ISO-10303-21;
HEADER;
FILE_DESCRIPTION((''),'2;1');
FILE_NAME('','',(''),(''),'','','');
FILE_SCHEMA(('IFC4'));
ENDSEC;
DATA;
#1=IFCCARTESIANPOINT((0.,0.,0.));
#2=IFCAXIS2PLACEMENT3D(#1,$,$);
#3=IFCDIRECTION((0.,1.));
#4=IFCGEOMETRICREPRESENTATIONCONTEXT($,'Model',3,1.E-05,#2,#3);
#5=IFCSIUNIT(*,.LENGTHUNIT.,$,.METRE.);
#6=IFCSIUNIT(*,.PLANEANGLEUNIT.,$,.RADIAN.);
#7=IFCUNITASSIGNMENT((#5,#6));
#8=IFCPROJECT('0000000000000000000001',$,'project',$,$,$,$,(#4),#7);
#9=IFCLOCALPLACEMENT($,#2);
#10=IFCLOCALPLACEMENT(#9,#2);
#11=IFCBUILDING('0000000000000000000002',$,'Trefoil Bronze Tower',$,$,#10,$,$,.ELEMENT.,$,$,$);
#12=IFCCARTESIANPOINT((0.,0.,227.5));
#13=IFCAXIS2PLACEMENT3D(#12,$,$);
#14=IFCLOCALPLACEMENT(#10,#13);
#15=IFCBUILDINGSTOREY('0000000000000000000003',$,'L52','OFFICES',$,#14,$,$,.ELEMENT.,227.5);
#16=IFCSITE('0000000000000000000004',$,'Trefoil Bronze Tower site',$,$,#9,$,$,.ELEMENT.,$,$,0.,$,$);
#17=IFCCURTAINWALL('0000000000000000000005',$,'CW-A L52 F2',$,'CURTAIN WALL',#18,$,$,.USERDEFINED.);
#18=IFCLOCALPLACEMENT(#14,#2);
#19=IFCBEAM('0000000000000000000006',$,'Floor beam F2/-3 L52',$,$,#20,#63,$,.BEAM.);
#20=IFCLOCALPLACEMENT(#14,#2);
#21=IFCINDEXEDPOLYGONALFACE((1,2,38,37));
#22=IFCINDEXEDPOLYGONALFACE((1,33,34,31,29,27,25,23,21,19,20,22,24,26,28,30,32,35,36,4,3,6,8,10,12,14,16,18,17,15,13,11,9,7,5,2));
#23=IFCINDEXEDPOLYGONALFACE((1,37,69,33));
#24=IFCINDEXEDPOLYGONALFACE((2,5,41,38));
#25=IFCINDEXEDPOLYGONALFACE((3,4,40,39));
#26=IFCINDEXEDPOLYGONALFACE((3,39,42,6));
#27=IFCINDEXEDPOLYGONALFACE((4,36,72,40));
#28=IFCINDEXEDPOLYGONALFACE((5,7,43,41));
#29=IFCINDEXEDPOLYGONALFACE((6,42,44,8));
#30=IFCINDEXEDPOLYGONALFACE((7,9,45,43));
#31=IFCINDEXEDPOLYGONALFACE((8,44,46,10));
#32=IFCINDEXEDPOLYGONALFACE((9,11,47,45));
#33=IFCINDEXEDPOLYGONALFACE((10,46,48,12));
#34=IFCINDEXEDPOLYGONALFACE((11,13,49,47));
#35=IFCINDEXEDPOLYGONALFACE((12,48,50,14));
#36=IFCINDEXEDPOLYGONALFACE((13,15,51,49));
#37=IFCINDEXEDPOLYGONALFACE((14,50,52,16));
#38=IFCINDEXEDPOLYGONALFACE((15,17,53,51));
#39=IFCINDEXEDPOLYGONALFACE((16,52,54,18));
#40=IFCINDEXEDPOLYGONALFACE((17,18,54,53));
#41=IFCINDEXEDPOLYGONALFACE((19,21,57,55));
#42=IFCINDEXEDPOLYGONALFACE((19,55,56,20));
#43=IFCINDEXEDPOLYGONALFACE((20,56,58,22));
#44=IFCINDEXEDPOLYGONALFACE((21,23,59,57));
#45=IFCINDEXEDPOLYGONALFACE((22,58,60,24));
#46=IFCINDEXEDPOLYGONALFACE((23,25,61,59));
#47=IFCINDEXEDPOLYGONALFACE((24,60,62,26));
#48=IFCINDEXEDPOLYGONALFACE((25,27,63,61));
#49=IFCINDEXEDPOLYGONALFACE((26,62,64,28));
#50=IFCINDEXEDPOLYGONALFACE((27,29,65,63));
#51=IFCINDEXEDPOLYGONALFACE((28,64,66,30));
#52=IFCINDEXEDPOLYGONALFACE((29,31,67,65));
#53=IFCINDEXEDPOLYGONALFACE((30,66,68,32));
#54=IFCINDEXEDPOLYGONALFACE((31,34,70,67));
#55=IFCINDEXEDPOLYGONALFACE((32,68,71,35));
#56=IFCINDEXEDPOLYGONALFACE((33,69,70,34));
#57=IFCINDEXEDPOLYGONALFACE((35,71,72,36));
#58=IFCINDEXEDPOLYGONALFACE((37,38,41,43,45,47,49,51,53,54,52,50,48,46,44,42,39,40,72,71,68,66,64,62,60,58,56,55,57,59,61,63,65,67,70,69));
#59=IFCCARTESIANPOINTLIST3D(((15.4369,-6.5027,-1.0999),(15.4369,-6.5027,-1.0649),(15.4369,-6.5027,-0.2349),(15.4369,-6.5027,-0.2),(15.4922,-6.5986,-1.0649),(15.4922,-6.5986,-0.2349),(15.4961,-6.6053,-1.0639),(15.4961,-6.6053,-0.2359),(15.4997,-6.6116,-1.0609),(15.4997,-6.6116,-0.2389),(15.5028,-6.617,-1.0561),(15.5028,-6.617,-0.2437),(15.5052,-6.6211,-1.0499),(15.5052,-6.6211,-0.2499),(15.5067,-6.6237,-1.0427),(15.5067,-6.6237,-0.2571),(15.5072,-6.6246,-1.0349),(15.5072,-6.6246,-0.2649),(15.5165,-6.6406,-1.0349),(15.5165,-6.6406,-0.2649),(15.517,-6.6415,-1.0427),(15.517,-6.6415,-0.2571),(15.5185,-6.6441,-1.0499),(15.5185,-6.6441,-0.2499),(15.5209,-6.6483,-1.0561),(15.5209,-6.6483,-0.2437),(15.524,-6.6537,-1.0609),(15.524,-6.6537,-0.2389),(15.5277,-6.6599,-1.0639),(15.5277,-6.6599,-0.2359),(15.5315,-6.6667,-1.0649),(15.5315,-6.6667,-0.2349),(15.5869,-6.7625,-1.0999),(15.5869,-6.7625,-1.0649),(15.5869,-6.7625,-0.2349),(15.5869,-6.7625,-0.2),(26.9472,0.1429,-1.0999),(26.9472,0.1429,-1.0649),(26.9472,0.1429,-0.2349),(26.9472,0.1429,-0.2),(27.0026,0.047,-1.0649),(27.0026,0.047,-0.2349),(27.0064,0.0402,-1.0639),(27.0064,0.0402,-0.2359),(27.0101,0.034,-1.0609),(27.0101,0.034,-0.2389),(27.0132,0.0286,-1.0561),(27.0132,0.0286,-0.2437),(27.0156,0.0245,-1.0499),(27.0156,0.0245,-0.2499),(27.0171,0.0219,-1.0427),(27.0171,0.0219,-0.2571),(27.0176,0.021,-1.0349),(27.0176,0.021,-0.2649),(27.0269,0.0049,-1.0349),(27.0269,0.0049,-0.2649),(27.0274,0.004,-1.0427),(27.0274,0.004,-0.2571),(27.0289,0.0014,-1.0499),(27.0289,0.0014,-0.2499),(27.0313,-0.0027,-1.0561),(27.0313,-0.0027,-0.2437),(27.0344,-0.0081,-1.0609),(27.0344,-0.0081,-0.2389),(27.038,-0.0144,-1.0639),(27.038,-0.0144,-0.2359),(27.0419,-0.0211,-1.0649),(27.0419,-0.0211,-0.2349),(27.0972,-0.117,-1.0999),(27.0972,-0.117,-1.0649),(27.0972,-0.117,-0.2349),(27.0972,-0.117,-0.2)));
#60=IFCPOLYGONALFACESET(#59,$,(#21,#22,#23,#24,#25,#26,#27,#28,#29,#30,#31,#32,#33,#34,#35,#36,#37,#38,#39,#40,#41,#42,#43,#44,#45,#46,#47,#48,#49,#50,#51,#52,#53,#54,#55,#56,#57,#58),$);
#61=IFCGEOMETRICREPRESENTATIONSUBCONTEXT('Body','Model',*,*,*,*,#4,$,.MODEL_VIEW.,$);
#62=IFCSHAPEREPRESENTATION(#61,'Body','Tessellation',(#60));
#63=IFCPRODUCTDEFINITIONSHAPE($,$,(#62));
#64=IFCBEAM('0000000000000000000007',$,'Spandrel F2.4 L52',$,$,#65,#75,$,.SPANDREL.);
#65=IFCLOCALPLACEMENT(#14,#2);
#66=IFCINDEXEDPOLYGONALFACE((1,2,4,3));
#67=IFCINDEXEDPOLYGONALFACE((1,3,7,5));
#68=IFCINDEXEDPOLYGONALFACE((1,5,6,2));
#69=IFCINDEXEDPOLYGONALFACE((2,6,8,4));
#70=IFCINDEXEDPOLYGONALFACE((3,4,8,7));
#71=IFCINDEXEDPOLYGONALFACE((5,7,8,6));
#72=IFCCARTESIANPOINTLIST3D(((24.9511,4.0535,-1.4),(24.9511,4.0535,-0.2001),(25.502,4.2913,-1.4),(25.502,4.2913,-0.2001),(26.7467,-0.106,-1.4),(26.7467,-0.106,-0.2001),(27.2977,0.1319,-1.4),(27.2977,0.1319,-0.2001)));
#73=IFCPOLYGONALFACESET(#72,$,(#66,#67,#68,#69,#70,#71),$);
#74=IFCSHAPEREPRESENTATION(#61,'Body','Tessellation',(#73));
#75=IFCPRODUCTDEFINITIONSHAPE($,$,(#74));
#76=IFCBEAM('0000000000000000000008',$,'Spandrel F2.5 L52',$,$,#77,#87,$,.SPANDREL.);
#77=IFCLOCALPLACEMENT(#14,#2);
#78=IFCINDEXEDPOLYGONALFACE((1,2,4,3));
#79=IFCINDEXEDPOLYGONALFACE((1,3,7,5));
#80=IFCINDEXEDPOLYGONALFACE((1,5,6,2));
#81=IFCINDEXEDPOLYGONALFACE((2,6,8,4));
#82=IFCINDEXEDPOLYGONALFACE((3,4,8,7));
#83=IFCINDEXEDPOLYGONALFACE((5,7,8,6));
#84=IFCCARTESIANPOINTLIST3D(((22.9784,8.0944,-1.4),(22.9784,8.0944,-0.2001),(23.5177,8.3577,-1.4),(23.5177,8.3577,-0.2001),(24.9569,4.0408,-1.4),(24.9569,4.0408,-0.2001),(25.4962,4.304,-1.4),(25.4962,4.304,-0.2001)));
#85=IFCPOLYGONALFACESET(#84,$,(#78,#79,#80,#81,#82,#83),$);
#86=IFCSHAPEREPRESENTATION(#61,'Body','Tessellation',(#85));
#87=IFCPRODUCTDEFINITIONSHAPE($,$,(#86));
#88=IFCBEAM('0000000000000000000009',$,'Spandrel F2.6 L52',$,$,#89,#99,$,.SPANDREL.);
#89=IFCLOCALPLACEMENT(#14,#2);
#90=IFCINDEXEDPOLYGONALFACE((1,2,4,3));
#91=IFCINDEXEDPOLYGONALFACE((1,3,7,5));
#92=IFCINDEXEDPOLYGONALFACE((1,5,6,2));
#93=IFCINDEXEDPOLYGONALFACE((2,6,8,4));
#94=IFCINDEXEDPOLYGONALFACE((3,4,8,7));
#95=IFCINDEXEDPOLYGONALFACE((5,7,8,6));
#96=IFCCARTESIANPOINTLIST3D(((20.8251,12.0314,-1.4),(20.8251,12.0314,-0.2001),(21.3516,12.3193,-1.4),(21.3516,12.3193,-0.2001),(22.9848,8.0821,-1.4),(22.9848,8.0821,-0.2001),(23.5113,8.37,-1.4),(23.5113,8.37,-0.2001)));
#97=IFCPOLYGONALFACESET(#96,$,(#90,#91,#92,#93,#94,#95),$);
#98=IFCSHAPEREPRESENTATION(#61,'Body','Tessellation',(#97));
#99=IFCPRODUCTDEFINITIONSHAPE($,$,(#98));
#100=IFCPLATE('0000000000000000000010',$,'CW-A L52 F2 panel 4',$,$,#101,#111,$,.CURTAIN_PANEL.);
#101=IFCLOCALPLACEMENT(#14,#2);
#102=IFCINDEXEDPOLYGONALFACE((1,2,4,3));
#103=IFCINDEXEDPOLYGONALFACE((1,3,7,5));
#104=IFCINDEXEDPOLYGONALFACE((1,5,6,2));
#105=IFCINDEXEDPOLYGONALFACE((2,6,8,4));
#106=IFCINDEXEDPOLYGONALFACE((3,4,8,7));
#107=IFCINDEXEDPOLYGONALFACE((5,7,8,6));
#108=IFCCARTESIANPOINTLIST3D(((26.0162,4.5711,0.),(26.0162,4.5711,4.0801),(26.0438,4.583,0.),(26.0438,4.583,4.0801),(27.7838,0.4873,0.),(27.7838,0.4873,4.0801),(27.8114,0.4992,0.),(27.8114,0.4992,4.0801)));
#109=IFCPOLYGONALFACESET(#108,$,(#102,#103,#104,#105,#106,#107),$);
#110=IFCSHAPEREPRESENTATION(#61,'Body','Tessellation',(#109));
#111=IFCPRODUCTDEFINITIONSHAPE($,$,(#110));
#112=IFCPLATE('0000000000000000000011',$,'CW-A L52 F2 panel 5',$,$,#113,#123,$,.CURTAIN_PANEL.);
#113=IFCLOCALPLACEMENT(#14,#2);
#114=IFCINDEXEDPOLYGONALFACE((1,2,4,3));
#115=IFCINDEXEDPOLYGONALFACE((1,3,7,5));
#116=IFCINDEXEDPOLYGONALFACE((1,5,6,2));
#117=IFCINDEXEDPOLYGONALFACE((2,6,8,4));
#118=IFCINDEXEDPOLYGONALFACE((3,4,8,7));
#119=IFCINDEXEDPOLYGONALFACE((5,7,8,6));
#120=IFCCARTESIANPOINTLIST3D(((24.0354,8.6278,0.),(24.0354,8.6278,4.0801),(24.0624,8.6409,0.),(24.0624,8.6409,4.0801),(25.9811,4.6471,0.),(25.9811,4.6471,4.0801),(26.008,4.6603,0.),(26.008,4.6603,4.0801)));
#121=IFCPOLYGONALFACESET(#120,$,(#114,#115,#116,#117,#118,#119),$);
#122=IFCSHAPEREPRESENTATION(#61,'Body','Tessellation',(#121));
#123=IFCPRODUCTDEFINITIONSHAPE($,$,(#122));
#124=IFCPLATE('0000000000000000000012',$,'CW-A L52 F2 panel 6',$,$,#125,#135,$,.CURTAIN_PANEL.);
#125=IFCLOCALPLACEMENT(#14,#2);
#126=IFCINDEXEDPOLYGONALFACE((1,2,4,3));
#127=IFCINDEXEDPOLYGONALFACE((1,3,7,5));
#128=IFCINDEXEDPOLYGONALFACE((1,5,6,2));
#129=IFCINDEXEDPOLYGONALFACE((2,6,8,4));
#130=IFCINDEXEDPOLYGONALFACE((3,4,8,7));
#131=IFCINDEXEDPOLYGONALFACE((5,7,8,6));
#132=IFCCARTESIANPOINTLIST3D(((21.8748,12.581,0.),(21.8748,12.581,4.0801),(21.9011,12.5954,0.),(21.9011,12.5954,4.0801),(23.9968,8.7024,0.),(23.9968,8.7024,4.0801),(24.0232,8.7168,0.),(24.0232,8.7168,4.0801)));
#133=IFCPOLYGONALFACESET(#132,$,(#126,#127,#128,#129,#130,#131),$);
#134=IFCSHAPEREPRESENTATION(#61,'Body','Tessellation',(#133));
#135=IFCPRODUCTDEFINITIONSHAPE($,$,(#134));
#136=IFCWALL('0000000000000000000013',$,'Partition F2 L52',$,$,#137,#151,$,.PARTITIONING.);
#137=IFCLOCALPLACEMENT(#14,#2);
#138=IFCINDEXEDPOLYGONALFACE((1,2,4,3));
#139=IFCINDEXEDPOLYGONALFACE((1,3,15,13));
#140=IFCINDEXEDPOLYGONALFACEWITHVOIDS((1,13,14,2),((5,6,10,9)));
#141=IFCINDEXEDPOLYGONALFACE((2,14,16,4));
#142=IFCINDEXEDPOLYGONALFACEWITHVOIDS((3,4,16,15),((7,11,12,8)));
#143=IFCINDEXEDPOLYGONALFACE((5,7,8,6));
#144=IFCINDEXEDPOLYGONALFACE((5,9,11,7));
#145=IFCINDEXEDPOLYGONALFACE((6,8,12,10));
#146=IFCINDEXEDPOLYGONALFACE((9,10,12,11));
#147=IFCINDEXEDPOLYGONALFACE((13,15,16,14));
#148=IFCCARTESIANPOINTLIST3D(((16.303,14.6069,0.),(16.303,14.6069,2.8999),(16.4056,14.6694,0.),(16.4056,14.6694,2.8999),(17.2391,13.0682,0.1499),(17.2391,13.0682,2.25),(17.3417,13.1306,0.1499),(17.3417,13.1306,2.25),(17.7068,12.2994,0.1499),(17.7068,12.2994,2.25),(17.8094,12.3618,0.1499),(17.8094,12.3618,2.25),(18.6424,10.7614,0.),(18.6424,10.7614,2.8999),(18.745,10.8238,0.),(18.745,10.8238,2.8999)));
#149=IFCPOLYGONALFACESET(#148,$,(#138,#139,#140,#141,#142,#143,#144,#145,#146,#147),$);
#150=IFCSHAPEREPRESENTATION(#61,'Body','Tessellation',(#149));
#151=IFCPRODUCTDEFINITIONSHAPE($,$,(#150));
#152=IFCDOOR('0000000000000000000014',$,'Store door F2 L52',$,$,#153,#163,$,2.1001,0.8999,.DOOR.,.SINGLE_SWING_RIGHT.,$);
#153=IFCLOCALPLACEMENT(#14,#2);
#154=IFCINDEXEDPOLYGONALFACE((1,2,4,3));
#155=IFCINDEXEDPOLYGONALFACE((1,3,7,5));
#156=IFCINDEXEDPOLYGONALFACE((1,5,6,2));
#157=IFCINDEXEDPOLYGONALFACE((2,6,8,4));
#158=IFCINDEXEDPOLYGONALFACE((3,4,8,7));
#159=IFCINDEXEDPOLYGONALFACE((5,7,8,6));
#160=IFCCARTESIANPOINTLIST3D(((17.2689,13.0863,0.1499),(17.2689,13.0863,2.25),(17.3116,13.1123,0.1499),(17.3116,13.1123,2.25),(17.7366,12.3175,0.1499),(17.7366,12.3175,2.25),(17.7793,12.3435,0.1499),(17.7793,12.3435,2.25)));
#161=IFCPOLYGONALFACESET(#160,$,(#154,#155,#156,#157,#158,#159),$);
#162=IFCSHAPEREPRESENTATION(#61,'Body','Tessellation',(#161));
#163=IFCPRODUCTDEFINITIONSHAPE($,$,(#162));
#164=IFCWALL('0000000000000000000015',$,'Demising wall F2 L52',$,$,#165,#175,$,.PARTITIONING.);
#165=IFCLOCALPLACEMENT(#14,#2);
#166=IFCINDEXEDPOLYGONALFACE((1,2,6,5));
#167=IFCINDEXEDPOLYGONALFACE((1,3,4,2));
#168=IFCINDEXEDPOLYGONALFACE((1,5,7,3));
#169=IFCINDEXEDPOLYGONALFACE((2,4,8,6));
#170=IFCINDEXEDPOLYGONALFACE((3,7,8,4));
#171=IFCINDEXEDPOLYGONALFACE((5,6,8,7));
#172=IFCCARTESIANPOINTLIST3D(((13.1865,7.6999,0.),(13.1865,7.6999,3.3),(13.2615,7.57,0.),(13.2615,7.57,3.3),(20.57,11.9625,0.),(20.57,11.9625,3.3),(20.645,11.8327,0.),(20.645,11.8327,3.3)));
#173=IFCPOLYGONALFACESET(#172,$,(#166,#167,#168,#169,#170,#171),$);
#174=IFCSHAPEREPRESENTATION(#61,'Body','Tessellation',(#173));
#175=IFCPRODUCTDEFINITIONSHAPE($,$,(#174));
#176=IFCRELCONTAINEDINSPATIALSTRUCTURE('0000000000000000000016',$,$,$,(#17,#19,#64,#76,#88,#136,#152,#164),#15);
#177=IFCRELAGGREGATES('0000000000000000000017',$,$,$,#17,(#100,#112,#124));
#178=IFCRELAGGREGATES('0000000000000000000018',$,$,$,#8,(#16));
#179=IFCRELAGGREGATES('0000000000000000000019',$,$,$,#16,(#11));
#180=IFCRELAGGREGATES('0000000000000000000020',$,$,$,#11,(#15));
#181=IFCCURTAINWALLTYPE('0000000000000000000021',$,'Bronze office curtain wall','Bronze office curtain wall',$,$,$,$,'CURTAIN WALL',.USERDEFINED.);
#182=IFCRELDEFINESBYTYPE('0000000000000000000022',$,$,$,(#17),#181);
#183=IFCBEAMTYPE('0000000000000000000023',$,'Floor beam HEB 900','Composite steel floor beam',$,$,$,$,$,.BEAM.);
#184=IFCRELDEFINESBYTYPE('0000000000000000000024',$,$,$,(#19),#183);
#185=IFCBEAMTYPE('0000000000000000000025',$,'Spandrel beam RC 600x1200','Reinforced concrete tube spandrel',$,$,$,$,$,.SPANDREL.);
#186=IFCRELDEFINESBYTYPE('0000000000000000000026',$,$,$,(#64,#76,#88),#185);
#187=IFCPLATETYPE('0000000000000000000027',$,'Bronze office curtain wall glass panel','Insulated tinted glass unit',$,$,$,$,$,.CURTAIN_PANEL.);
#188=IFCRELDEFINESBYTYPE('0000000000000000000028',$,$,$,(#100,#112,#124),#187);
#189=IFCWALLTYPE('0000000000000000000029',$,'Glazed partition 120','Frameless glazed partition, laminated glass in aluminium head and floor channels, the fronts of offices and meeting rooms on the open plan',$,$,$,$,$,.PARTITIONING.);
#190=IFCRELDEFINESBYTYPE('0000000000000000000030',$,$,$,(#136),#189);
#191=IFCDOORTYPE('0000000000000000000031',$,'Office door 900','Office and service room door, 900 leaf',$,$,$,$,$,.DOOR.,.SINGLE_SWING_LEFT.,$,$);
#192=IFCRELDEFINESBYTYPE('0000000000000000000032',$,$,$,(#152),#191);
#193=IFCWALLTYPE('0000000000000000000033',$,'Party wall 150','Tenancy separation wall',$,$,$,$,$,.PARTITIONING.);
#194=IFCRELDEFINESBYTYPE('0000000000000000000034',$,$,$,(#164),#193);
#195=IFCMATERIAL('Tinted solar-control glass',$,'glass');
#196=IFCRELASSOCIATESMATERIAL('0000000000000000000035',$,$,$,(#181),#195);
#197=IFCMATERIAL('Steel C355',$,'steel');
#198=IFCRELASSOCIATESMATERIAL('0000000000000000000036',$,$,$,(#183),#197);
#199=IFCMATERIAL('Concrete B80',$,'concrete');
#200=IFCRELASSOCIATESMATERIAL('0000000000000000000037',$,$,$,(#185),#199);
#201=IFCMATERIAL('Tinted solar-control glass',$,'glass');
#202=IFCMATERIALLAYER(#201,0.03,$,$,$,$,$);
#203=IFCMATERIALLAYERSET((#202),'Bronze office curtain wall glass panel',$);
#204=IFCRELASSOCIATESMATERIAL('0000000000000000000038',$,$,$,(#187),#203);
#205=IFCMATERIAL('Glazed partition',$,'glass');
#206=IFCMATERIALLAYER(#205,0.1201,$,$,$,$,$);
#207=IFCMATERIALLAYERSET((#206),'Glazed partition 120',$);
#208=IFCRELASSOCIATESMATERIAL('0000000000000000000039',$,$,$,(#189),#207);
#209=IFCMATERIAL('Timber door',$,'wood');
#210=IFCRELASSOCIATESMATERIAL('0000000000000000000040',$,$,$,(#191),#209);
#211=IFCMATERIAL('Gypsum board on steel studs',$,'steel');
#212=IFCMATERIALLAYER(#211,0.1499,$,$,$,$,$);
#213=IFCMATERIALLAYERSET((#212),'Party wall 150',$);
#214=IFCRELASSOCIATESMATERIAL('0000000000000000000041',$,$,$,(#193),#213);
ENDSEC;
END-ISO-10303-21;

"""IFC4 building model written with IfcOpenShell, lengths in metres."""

from ifc_helpers import new_model, si_unit, direction, frame, frame_2d, origin, origin_2d, place, context, subcontext, project, spatial, rectangle, i_section, extrude, material, layer, layer_set, material_profile, profile_set, type_object, element, fill, aggregate, save


model = new_model("IFC4")

# Units and contexts
model_context = context("Model", 3, precision=1e-05, world=origin(), true_north=direction((0.0, 1.0)))
body_context = subcontext(model_context, "Body", "Model", "MODEL_VIEW")
ifc_project = project(units=[si_unit("LENGTHUNIT", "METRE"), si_unit("PLANEANGLEUNIT", "RADIAN")], contexts=[model_context])

# Site, building, storey
site_placement = place(None, origin())
site = spatial("IfcSite", under=ifc_project, at=site_placement, Name="Trefoil Bronze Tower site", CompositionType="ELEMENT", RefElevation=0.0)
building_placement = place(site_placement, origin())
building = spatial("IfcBuilding", under=site, at=building_placement, Name="Trefoil Bronze Tower", CompositionType="ELEMENT")
storey_placement = place(building_placement, frame((0.0, 0.0, 227.5)))
storey = spatial("IfcBuildingStorey", under=building, at=storey_placement, Name="L52", Description="OFFICES", CompositionType="ELEMENT", Elevation=227.5)

# Curtain wall
ifc_material_1 = material(Name="Tinted solar-control glass", Category="glass")
curtain_wall_type = type_object("IfcCurtainWallType", Name="Bronze office curtain wall", Description="Bronze office curtain wall", ElementType="CURTAIN WALL", PredefinedType="USERDEFINED", material=ifc_material_1)
curtain_wall_placement = place(storey_placement, origin())
curtain_wall = element("IfcCurtainWall", 1, at=curtain_wall_placement, inside=storey, type_object=curtain_wall_type, Name="CW-A L52 F2", ObjectType="CURTAIN WALL", PredefinedType="USERDEFINED")

# Beams
ifc_material_2 = material(Name="Steel C355", Category="steel")
ifc_material_profile_1 = material_profile(ifc_material_2, i_section(OverallWidth=0.3, OverallDepth=0.8999, WebThickness=0.0186, FlangeThickness=0.0349, FilletRadius=0.03, at=origin_2d()), Name="HEB 900")
ifc_profile_set_1 = profile_set([ifc_material_profile_1], Name="Steel C355")
beam_type_1 = type_object("IfcBeamType", Name="Floor beam HEB 900", Description="Composite steel floor beam", PredefinedType="BEAM", material=ifc_profile_set_1)
beam_1_placement = place(storey_placement, frame((27.0222, 0.0129, -0.6499), z_axis=(-0.866023, -0.500003, 0.0), x_axis=(0.500003, -0.866023, 0.0)))
element("IfcBeam", 2, at=beam_1_placement, inside=storey, type_object=beam_type_1, Name="Floor beam F2/-3 L52", PredefinedType="BEAM", context=body_context, shape_type="SweptSolid", body=[
    extrude(i_section(OverallWidth=0.3, OverallDepth=0.8999, WebThickness=0.0186, FlangeThickness=0.0349, FilletRadius=0.03, at=origin_2d()), origin(), (0.0, 0.0, 1.0), 13.291),
])
ifc_material_3 = material(Name="Concrete B80", Category="concrete")
ifc_material_profile_2 = material_profile(ifc_material_3, rectangle(XDim=0.6001, YDim=1.2, at=origin_2d()), Name="RC 600x1200")
ifc_profile_set_2 = profile_set([ifc_material_profile_2], Name="Concrete B80")
beam_type_2 = type_object("IfcBeamType", Name="Spandrel beam RC 600x1200", Description="Reinforced concrete tube spandrel", PredefinedType="SPANDREL", material=ifc_profile_set_2)
beam_2_placement = place(storey_placement, frame((27.0222, 0.0129, -0.8), z_axis=(-0.39635, 0.918099, 0.0), x_axis=(-0.918099, -0.39635, 0.0)))
element("IfcBeam", 3, at=beam_2_placement, inside=storey, type_object=beam_type_2, Name="Spandrel F2.4 L52", PredefinedType="SPANDREL", context=body_context, shape_type="SweptSolid", body=[
    extrude(rectangle(XDim=0.6001, YDim=1.2, at=origin_2d()), origin(), (0.0, 0.0, 1.0), 4.5305),
])
beam_3_placement = place(storey_placement, frame((25.2266, 4.1724, -0.8), z_axis=(-0.43862, 0.898673, 0.0), x_axis=(-0.898673, -0.43862, 0.0)))
element("IfcBeam", 4, at=beam_3_placement, inside=storey, type_object=beam_type_2, Name="Spandrel F2.5 L52", PredefinedType="SPANDREL", context=body_context, shape_type="SweptSolid", body=[
    extrude(rectangle(XDim=0.6001, YDim=1.2, at=origin_2d()), origin(), (0.0, 0.0, 1.0), 4.5107),
])
beam_4_placement = place(storey_placement, frame((23.248, 8.2261, -0.8), z_axis=(-0.479802, 0.877377, 0.0), x_axis=(-0.877377, -0.479802, 0.0)))
element("IfcBeam", 5, at=beam_4_placement, inside=storey, type_object=beam_type_2, Name="Spandrel F2.6 L52", PredefinedType="SPANDREL", context=body_context, shape_type="SweptSolid", body=[
    extrude(rectangle(XDim=0.6001, YDim=1.2, at=origin_2d()), origin(), (0.0, 0.0, 1.0), 4.5012),
])

# Plates
ifc_material_4 = material(Name="Tinted solar-control glass", Category="glass")
ifc_layer_1 = layer(ifc_material_4, 0.03)
ifc_layer_set_1 = layer_set([ifc_layer_1], Name="Bronze office curtain wall glass panel")
plate_type = type_object("IfcPlateType", Name="Bronze office curtain wall glass panel", Description="Insulated tinted glass unit", PredefinedType="CURTAIN_PANEL", material=ifc_layer_set_1)
plate_1_placement = place(storey_placement, frame((26.9138, 2.5352, 0.0), z_axis=(0.0, 0.0, 1.0), x_axis=(-0.39722, 0.917723, 0.0)))
plate_1 = element("IfcPlate", 6, at=plate_1_placement, type_object=plate_type, Name="CW-A L52 F2 panel 4", PredefinedType="CURTAIN_PANEL", context=body_context, shape_type="SweptSolid", body=[
    extrude(rectangle(XDim=4.45, YDim=0.03, at=origin_2d()), origin(), (0.0, 0.0, 1.0), 4.0801),
])
plate_2_placement = place(storey_placement, frame((25.0217, 6.644, 0.0), z_axis=(0.0, 0.0, 1.0), x_axis=(-0.439129, 0.898424, 0.0)))
plate_2 = element("IfcPlate", 7, at=plate_2_placement, type_object=plate_type, Name="CW-A L52 F2 panel 5", PredefinedType="CURTAIN_PANEL", context=body_context, shape_type="SweptSolid", body=[
    extrude(rectangle(XDim=4.4307, YDim=0.03, at=origin_2d()), origin(), (0.0, 0.0, 1.0), 4.0801),
])
plate_3_placement = place(storey_placement, frame((22.949, 10.6489, 0.0), z_axis=(0.0, 0.0, 1.0), x_axis=(-0.479974, 0.877283, 0.0)))
plate_3 = element("IfcPlate", 8, at=plate_3_placement, type_object=plate_type, Name="CW-A L52 F2 panel 6", PredefinedType="CURTAIN_PANEL", context=body_context, shape_type="SweptSolid", body=[
    extrude(rectangle(XDim=4.4211, YDim=0.03, at=origin_2d()), origin(), (0.0, 0.0, 1.0), 4.0801),
])
aggregate(curtain_wall, [plate_1, plate_2, plate_3])

# Wall, opening, door
ifc_material_5 = material(Name="Glazed partition", Category="glass")
ifc_layer_2 = layer(ifc_material_5, 0.1201)
ifc_layer_set_2 = layer_set([ifc_layer_2], Name="Glazed partition 120")
wall_type_1 = type_object("IfcWallType", Name="Glazed partition 120", Description="Frameless glazed partition, laminated glass in aluminium head and floor channels, the fronts of offices and meeting rooms on the open plan", PredefinedType="PARTITIONING", material=ifc_layer_set_2)
wall_1_placement = place(storey_placement, frame((18.6936, 10.7927, 0.0), z_axis=(0.0, 0.0, 1.0), x_axis=(-0.519727, 0.854333, 0.0)))
wall_1 = element("IfcWall", 9, at=wall_1_placement, inside=storey, type_object=wall_type_1, Name="Partition F2 L52", PredefinedType="PARTITIONING", context=body_context, shape_type="SweptSolid", body=[
    extrude(rectangle(XDim=4.5012, YDim=0.1201, at=frame_2d((2.2505, 0.0))), origin(), (0.0, 0.0, 1.0), 2.8999),
])
opening_1_placement = place(wall_1_placement, frame((1.8, 0.0, 0.1499)))
opening_1 = element("IfcOpeningElement", 10, at=opening_1_placement, cuts=wall_1, PredefinedType="OPENING", context=body_context, shape_type="SweptSolid", body=[
    extrude(rectangle(XDim=0.8999, YDim=2.1001, at=frame_2d((0.45, 1.05))), frame((0.0, 0.0701, 0.0), z_axis=(0.0, -1.0, 0.0), x_axis=(1.0, 0.0, 0.0)), (0.0, 0.0, 1.0), 0.1401),
])
ifc_material_6 = material(Name="Timber door", Category="wood")
door_type_1 = type_object("IfcDoorType", Name="Office door 900", Description="Office and service room door, 900 leaf", OperationType="SINGLE_SWING_LEFT", PredefinedType="DOOR", material=ifc_material_6)
door_1_placement = place(opening_1_placement, frame((0.8999, 0.0, 0.0), z_axis=(0.0, 0.0, 1.0), x_axis=(-1.0, 0.0, 0.0)))
door_1 = element("IfcDoor", 11, at=door_1_placement, inside=storey, type_object=door_type_1, Name="Store door F2 L52", OperationType="SINGLE_SWING_RIGHT", OverallHeight=2.1001, OverallWidth=0.8999, PredefinedType="DOOR", context=body_context, shape_type="SweptSolid", body=[
    extrude(rectangle(XDim=0.8999, YDim=2.1001, at=frame_2d((0.45, 1.05))), frame((0.0, 0.0249, 0.0), z_axis=(0.0, -1.0, 0.0), x_axis=(1.0, 0.0, 0.0)), (0.0, 0.0, 1.0), 0.05),
])
fill(opening_1, door_1)

# Wall
ifc_material_7 = material(Name="Gypsum board on steel studs", Category="steel")
ifc_layer_3 = layer(ifc_material_7, 0.1499)
ifc_layer_set_3 = layer_set([ifc_layer_3], Name="Party wall 150")
wall_type_2 = type_object("IfcWallType", Name="Party wall 150", Description="Tenancy separation wall", PredefinedType="PARTITIONING", material=ifc_layer_set_3)
wall_2_placement = place(storey_placement, frame((13.2241, 7.635, 0.0), z_axis=(0.0, 0.0, 1.0), x_axis=(0.866035, 0.499983, 0.0)))
element("IfcWall", 12, at=wall_2_placement, inside=storey, type_object=wall_type_2, Name="Demising wall F2 L52", PredefinedType="PARTITIONING", context=body_context, shape_type="SweptSolid", body=[
    extrude(rectangle(XDim=8.5256, YDim=0.1499, at=frame_2d((4.2627, 0.0))), origin(), (0.0, 0.0, 1.0), 3.3),
])

save(model, "model.ifc")
